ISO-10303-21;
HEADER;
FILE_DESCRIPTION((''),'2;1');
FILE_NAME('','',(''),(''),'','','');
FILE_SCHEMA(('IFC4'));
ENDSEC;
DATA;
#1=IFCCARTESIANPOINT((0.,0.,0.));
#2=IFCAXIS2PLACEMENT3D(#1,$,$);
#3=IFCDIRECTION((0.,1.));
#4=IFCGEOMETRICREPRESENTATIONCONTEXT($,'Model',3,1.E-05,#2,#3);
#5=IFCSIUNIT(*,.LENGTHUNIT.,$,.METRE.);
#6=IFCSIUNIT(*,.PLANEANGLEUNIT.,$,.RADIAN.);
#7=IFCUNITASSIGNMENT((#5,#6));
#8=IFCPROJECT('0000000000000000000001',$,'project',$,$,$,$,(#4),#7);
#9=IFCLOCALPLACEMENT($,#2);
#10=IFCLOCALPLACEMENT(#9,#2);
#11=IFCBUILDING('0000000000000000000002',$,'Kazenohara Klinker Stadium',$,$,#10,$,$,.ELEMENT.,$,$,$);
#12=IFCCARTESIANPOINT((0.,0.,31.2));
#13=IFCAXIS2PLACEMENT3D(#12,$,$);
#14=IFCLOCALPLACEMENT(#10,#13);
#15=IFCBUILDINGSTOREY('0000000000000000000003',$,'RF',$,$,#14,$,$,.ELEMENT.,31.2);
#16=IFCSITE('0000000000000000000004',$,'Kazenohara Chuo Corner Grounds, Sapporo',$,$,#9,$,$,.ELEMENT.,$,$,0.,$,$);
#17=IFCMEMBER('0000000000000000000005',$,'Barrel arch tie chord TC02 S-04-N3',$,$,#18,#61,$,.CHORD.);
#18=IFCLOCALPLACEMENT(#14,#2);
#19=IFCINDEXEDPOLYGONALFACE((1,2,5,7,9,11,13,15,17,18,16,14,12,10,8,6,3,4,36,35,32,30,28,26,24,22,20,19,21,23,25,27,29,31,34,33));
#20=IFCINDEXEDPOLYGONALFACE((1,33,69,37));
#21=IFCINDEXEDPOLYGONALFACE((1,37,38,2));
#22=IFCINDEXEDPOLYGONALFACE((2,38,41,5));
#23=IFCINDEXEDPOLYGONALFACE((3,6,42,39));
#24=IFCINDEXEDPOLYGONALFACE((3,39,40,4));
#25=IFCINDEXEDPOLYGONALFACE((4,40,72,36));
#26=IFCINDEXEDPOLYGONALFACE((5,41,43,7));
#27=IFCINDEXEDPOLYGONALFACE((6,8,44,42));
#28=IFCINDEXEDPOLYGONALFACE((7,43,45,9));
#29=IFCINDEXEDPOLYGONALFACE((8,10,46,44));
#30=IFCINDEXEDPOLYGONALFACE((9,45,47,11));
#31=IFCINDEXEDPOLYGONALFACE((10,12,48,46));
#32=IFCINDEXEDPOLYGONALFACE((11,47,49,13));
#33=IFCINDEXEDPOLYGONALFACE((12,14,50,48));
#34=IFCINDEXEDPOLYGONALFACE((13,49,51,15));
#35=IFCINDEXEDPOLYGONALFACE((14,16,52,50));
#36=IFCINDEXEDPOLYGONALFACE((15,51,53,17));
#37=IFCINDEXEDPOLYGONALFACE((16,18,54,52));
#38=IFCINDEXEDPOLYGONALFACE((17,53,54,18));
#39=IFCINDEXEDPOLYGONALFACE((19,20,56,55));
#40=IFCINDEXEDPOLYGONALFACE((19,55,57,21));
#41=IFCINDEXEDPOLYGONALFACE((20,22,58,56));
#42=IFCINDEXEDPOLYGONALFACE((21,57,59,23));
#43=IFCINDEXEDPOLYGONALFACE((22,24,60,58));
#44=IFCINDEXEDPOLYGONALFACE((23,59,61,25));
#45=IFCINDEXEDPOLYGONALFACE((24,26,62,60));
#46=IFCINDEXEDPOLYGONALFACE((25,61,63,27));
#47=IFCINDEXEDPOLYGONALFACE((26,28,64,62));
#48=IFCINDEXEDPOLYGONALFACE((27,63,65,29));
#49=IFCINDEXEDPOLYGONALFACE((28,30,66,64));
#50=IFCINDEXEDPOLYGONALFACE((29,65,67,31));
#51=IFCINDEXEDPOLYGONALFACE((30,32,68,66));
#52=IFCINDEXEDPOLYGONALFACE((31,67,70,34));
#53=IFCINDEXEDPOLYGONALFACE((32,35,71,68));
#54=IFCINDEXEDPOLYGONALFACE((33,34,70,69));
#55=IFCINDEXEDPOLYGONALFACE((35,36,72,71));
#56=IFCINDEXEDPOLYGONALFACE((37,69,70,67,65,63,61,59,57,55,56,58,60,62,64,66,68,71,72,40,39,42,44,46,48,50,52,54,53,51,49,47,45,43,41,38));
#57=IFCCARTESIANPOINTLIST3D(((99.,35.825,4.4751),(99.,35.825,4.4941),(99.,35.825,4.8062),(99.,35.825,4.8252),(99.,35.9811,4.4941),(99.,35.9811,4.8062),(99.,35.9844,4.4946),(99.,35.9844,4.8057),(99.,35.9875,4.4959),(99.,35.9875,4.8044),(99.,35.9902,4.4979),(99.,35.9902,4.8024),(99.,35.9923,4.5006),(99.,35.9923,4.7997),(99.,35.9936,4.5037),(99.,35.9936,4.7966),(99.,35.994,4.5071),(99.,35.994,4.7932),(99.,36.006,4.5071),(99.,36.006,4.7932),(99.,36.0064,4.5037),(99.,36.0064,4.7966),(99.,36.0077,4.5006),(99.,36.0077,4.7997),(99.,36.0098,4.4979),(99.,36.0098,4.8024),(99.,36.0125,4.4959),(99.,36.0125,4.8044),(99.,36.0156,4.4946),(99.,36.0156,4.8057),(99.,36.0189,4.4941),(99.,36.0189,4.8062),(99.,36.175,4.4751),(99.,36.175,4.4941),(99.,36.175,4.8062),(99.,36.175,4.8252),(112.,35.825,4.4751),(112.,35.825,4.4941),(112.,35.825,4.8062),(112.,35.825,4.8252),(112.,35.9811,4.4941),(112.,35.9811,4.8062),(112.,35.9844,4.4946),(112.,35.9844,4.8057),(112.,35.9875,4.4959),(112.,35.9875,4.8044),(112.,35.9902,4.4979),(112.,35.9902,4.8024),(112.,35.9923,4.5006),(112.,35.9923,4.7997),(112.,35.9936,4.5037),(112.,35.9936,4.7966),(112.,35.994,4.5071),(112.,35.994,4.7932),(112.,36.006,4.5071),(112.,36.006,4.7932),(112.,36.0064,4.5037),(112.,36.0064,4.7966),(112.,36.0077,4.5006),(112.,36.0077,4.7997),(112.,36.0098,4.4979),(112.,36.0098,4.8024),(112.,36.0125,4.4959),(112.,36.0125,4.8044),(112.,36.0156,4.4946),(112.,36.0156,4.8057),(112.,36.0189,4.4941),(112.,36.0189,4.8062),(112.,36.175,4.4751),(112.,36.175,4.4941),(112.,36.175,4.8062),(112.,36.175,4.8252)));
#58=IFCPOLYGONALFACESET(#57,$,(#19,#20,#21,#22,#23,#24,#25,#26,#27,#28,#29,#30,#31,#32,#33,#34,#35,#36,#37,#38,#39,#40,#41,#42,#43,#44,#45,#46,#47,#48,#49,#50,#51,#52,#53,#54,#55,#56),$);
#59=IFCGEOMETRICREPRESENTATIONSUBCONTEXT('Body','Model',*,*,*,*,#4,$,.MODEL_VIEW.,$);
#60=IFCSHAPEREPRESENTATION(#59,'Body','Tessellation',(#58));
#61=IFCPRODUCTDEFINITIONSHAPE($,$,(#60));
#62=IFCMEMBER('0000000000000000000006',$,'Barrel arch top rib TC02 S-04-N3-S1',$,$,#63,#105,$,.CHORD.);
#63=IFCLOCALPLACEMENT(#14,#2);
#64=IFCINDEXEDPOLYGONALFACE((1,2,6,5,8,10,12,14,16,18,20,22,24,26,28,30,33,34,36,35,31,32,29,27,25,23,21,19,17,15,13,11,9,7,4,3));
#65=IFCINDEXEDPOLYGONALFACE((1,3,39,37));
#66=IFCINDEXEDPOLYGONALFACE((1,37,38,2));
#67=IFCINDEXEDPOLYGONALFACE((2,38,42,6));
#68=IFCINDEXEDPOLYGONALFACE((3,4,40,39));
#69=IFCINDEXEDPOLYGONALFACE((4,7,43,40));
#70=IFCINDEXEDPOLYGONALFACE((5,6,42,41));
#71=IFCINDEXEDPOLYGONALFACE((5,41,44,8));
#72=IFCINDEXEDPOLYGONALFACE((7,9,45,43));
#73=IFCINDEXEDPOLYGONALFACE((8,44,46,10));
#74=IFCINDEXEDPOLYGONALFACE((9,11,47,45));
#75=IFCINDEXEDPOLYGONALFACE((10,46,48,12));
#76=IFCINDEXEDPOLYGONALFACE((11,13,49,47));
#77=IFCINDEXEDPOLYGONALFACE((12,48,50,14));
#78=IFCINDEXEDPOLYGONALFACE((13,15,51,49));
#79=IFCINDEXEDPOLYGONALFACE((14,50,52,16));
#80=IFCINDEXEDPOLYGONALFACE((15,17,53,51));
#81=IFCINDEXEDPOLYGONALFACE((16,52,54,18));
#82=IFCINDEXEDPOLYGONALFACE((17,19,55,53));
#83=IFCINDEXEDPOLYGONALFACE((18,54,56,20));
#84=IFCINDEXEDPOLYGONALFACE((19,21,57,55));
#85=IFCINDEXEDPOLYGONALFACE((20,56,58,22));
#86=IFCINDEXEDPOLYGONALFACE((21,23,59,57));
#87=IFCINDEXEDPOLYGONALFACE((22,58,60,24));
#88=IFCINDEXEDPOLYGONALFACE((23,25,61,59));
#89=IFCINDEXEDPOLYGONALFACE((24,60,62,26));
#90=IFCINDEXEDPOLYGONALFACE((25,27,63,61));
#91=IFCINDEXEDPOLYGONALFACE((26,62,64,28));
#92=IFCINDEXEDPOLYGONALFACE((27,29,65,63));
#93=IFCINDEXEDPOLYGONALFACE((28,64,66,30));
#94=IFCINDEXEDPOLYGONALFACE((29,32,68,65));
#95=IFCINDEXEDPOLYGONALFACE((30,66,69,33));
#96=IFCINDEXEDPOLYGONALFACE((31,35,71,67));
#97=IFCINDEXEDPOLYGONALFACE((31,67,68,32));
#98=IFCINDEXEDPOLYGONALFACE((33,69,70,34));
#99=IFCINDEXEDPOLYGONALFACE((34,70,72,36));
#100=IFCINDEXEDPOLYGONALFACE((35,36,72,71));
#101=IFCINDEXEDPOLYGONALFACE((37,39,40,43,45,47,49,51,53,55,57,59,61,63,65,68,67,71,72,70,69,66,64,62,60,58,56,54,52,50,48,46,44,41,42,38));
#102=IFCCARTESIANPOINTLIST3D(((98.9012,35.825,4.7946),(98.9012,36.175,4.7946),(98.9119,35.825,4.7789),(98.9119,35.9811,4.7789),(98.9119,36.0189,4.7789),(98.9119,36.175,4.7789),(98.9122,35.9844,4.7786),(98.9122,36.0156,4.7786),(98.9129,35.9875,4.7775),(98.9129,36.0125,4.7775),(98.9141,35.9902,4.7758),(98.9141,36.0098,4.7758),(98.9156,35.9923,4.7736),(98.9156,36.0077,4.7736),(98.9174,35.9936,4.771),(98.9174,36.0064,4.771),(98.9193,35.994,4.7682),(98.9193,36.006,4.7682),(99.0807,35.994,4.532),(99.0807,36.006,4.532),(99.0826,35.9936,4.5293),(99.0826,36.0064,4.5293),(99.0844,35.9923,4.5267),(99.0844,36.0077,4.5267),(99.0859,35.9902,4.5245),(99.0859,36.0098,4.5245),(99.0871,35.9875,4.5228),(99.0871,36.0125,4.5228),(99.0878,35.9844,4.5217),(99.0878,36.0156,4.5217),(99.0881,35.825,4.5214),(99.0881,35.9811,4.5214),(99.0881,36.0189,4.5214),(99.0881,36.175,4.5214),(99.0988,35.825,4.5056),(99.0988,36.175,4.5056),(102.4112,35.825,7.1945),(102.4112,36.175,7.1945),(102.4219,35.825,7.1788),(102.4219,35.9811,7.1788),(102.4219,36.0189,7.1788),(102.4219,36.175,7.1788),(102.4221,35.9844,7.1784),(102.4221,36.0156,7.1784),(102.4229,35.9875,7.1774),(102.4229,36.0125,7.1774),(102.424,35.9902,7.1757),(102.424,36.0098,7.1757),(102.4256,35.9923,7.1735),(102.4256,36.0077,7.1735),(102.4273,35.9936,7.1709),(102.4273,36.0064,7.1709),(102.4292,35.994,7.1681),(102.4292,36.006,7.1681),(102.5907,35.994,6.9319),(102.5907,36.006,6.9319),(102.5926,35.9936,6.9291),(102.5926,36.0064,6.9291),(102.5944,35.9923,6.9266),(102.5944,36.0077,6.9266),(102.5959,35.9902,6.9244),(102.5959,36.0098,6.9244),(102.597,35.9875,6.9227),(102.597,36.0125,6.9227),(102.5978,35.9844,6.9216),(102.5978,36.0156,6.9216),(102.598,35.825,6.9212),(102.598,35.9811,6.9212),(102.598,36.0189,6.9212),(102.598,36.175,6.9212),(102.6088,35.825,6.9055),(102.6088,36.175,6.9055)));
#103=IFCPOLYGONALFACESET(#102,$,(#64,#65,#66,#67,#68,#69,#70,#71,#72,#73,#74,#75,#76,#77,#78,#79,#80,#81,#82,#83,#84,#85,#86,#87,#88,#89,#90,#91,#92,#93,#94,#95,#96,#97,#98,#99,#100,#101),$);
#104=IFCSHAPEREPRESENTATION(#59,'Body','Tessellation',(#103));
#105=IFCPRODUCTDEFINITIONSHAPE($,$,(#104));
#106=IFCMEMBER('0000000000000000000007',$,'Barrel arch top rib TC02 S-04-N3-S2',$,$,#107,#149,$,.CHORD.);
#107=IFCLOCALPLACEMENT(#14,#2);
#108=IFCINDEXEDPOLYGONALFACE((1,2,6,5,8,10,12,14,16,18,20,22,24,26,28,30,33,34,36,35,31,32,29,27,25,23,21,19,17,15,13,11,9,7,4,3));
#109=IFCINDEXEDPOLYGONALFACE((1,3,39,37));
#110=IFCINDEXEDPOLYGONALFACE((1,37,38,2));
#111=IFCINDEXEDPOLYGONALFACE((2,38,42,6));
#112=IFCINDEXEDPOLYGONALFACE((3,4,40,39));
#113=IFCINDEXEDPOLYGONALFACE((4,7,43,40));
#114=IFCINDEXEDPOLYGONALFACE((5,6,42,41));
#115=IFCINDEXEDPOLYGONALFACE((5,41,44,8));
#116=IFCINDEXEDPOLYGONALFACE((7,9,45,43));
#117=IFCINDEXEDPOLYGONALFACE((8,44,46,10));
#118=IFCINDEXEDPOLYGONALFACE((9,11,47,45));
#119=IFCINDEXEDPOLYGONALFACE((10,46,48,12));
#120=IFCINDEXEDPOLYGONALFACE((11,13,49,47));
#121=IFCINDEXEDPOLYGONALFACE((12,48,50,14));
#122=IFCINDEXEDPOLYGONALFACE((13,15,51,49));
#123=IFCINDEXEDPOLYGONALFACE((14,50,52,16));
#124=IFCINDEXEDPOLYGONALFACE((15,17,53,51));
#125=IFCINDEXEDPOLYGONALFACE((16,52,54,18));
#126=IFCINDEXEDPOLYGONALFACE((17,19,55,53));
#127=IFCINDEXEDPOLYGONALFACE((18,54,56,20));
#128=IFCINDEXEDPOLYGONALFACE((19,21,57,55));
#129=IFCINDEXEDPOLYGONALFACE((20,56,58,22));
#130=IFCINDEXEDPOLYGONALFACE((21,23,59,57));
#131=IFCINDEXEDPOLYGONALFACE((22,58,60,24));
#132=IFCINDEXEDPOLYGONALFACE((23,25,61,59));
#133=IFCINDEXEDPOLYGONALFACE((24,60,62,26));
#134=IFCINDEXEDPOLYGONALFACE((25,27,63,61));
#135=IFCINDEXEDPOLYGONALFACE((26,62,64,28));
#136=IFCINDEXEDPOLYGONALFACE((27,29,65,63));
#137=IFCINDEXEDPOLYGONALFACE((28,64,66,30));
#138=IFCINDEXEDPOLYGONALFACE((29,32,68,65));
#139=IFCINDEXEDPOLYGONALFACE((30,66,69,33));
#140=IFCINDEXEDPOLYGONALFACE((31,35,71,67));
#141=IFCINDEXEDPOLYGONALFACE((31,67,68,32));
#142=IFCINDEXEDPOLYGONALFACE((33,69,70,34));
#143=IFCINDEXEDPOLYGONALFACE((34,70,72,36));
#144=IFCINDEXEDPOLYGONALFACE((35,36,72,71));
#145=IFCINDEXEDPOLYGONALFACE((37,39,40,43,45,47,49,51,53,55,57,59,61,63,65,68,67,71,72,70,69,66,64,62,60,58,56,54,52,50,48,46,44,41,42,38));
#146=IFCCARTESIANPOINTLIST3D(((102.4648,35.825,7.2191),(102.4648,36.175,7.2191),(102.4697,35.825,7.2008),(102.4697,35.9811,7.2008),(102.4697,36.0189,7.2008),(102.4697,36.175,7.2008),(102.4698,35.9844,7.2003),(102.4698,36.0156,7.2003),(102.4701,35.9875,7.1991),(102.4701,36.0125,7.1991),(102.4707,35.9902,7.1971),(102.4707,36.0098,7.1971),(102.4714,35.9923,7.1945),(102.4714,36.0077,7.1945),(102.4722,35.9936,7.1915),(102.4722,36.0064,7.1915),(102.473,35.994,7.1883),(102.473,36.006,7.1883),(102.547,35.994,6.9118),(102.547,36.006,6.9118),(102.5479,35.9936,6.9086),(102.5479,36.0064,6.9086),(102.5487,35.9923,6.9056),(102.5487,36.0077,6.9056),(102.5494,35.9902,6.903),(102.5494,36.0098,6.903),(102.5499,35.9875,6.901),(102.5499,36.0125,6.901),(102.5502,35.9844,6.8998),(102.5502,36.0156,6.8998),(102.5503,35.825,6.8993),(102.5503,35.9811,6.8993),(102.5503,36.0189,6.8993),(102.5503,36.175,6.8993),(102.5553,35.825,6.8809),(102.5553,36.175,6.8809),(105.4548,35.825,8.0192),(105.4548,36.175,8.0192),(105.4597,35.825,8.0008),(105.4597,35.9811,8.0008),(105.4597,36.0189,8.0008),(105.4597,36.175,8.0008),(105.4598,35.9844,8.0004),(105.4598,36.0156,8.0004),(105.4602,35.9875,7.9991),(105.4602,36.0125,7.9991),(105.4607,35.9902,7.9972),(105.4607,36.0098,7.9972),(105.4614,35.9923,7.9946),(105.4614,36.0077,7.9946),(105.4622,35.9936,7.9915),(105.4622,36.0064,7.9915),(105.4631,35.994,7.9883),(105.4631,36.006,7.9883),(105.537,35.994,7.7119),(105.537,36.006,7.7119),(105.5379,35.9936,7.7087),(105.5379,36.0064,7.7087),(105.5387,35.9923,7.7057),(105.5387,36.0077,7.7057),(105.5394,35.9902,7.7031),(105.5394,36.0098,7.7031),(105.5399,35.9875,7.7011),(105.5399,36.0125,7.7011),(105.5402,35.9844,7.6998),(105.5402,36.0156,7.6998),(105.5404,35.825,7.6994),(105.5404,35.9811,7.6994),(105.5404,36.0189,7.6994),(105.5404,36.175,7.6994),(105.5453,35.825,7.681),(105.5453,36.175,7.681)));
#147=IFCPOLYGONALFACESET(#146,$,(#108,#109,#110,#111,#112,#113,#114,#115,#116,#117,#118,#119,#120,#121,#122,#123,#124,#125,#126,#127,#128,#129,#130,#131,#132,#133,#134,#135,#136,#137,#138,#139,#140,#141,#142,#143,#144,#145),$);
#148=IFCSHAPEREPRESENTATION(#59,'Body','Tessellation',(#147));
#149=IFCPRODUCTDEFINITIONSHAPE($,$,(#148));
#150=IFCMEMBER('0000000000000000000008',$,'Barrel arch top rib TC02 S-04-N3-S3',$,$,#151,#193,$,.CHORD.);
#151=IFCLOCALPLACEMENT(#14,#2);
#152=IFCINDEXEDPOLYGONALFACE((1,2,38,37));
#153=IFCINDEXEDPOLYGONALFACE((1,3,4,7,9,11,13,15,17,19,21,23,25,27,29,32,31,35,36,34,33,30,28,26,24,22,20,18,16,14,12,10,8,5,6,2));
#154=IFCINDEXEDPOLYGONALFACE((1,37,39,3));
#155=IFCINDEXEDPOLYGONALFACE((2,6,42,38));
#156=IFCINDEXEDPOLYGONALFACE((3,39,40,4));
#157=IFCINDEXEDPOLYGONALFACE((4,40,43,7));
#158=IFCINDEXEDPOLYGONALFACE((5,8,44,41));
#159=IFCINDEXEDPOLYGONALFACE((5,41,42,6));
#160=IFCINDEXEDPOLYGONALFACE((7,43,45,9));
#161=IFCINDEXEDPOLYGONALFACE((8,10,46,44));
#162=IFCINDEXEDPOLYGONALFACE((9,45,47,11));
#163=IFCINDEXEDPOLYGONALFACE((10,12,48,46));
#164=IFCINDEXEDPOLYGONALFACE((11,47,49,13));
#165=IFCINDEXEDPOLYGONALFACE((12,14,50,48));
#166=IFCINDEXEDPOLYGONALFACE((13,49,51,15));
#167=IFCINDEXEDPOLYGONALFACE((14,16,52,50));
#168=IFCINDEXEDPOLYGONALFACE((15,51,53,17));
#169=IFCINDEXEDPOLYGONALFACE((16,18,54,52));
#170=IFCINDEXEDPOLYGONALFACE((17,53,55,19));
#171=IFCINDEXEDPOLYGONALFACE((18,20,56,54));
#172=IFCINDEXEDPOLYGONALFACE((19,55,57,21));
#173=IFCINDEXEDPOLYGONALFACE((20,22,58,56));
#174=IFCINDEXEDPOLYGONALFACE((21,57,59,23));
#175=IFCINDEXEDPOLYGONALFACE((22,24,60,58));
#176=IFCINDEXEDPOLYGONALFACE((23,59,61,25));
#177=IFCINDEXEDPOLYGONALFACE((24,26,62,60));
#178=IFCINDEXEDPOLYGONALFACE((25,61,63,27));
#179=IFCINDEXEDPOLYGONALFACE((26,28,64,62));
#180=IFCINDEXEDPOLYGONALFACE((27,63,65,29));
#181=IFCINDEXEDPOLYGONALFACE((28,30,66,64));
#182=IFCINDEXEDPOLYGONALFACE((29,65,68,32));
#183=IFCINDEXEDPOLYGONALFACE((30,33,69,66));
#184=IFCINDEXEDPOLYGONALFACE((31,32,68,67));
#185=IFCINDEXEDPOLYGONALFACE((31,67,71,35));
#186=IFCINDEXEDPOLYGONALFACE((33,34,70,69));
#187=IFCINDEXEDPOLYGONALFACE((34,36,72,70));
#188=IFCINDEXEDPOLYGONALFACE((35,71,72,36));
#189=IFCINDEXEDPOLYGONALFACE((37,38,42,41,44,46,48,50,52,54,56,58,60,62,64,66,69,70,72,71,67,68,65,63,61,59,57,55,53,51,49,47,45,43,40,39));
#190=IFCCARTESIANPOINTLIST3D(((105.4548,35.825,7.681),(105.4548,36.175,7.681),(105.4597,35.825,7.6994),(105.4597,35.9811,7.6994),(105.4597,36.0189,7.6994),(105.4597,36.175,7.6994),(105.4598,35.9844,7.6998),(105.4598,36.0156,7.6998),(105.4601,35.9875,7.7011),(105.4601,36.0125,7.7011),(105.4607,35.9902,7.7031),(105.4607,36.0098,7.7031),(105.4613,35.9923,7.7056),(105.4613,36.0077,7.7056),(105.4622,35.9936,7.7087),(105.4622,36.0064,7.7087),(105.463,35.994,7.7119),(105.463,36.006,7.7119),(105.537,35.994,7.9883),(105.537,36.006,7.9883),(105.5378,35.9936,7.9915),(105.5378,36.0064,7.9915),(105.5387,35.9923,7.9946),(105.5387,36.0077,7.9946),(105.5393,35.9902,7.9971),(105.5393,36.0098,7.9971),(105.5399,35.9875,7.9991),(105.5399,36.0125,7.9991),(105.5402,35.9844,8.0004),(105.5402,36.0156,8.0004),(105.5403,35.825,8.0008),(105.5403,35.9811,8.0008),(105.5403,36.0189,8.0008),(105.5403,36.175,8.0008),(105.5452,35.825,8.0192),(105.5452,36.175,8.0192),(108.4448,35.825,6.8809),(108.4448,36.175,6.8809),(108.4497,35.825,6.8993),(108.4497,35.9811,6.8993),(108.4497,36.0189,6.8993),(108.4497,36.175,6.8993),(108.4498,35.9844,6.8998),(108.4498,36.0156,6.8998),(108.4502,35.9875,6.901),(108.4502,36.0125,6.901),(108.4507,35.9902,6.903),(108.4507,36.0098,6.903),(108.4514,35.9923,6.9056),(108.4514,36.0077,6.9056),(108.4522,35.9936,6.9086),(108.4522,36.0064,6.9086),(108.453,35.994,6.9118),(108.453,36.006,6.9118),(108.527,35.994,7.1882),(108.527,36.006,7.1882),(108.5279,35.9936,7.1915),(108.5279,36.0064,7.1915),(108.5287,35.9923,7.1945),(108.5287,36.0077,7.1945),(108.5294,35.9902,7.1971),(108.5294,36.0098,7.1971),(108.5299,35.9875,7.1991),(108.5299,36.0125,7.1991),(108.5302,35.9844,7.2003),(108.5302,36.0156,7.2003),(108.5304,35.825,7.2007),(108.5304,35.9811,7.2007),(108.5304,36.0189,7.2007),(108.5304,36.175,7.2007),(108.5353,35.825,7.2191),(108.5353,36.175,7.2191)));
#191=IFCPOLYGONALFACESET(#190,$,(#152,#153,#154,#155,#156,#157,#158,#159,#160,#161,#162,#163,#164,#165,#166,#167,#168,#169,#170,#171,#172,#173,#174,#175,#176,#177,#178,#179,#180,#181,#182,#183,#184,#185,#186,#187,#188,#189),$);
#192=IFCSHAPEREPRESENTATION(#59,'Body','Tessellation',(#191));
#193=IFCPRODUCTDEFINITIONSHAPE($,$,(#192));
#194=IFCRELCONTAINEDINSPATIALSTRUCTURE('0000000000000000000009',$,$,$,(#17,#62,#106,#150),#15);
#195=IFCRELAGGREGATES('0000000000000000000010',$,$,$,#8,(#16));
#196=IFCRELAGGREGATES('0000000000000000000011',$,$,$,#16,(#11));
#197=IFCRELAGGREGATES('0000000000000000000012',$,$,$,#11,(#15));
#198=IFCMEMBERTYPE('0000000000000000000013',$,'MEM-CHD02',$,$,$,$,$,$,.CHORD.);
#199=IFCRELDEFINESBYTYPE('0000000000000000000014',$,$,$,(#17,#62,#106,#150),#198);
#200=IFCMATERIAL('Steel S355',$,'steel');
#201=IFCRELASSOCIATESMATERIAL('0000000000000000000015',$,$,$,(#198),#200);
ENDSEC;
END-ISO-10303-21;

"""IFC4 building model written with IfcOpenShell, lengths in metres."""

from ifc_helpers import new_model, si_unit, direction, frame, origin, origin_2d, place, context, subcontext, project, spatial, i_section, extrude, material, material_profile, profile_set, type_object, element, save


model = new_model("IFC4")

# Units and contexts
model_context = context("Model", 3, precision=1e-05, world=origin(), true_north=direction((0.0, 1.0)))
body_context = subcontext(model_context, "Body", "Model", "MODEL_VIEW")
ifc_project = project(units=[si_unit("LENGTHUNIT", "METRE"), si_unit("PLANEANGLEUNIT", "RADIAN")], contexts=[model_context])

# Site, building, storey
site_placement = place(None, origin())
site = spatial("IfcSite", under=ifc_project, at=site_placement, Name="Kazenohara Chuo Corner Grounds, Sapporo", CompositionType="ELEMENT", RefElevation=0.0)
building_placement = place(site_placement, origin())
building = spatial("IfcBuilding", under=site, at=building_placement, Name="Kazenohara Klinker Stadium", CompositionType="ELEMENT")
storey_placement = place(building_placement, frame((0.0, 0.0, 31.2)))
storey = spatial("IfcBuildingStorey", under=building, at=storey_placement, Name="RF", CompositionType="ELEMENT", Elevation=31.2)

# Members
ifc_material_1 = material(Name="Steel S355", Category="steel")
ifc_material_profile_1 = material_profile(ifc_material_1, i_section(OverallWidth=0.3501, OverallDepth=0.3501, WebThickness=0.012, FlangeThickness=0.019, FilletRadius=0.0129, at=origin_2d()), Name="H-350x350x12x19")
ifc_profile_set_1 = profile_set([ifc_material_profile_1], Name="Steel S355")
member_type_1 = type_object("IfcMemberType", Name="MEM-CHD02", PredefinedType="CHORD", material=ifc_profile_set_1)
member_1_placement = place(storey_placement, frame((99.0, 36.0, 4.6501), z_axis=(1.0, 0.0, 0.0), x_axis=(0.0, 1.0, 0.0)))
element("IfcMember", 1, at=member_1_placement, inside=storey, type_object=member_type_1, Name="Barrel arch tie chord TC02 S-04-N3", PredefinedType="CHORD", context=body_context, shape_type="SweptSolid", body=[
    extrude(i_section(OverallWidth=0.3501, OverallDepth=0.3501, WebThickness=0.012, FlangeThickness=0.019, FilletRadius=0.0129, at=origin_2d()), origin(), (0.0, 0.0, 1.0), 13.0),
])
member_2_placement = place(storey_placement, frame((99.0, 36.0, 4.6501), z_axis=(0.825492, 0.0, 0.564414), x_axis=(0.0, 1.0, 0.0)))
element("IfcMember", 2, at=member_2_placement, inside=storey, type_object=member_type_1, Name="Barrel arch top rib TC02 S-04-N3-S1", PredefinedType="CHORD", context=body_context, shape_type="SweptSolid", body=[
    extrude(i_section(OverallWidth=0.3501, OverallDepth=0.3501, WebThickness=0.012, FlangeThickness=0.019, FilletRadius=0.0129, at=origin_2d()), origin(), (0.0, 0.0, 1.0), 4.252),
])
for number, where, z_axis, x_axis, name in (
    (3, (102.51, 36.0, 7.05), (0.966016, 0.0, 0.258482), (0.0, 1.0, 0.0), "Barrel arch top rib TC02 S-04-N3-S2"),
    (4, (105.5, 36.0, 7.8501), (0.966016, 0.0, -0.258482), (0.0, 1.0, 0.0), "Barrel arch top rib TC02 S-04-N3-S3"),
):
    element("IfcMember", number, at=place(storey_placement, frame(where, z_axis=z_axis, x_axis=x_axis)), inside=storey, type_object=member_type_1, Name=name, PredefinedType="CHORD", context=body_context, shape_type="SweptSolid", body=[
        extrude(i_section(OverallWidth=0.3501, OverallDepth=0.3501, WebThickness=0.012, FlangeThickness=0.019, FilletRadius=0.0129, at=origin_2d()), origin(), (0.0, 0.0, 1.0), 3.0952),
    ])

save(model, "model.ifc")
